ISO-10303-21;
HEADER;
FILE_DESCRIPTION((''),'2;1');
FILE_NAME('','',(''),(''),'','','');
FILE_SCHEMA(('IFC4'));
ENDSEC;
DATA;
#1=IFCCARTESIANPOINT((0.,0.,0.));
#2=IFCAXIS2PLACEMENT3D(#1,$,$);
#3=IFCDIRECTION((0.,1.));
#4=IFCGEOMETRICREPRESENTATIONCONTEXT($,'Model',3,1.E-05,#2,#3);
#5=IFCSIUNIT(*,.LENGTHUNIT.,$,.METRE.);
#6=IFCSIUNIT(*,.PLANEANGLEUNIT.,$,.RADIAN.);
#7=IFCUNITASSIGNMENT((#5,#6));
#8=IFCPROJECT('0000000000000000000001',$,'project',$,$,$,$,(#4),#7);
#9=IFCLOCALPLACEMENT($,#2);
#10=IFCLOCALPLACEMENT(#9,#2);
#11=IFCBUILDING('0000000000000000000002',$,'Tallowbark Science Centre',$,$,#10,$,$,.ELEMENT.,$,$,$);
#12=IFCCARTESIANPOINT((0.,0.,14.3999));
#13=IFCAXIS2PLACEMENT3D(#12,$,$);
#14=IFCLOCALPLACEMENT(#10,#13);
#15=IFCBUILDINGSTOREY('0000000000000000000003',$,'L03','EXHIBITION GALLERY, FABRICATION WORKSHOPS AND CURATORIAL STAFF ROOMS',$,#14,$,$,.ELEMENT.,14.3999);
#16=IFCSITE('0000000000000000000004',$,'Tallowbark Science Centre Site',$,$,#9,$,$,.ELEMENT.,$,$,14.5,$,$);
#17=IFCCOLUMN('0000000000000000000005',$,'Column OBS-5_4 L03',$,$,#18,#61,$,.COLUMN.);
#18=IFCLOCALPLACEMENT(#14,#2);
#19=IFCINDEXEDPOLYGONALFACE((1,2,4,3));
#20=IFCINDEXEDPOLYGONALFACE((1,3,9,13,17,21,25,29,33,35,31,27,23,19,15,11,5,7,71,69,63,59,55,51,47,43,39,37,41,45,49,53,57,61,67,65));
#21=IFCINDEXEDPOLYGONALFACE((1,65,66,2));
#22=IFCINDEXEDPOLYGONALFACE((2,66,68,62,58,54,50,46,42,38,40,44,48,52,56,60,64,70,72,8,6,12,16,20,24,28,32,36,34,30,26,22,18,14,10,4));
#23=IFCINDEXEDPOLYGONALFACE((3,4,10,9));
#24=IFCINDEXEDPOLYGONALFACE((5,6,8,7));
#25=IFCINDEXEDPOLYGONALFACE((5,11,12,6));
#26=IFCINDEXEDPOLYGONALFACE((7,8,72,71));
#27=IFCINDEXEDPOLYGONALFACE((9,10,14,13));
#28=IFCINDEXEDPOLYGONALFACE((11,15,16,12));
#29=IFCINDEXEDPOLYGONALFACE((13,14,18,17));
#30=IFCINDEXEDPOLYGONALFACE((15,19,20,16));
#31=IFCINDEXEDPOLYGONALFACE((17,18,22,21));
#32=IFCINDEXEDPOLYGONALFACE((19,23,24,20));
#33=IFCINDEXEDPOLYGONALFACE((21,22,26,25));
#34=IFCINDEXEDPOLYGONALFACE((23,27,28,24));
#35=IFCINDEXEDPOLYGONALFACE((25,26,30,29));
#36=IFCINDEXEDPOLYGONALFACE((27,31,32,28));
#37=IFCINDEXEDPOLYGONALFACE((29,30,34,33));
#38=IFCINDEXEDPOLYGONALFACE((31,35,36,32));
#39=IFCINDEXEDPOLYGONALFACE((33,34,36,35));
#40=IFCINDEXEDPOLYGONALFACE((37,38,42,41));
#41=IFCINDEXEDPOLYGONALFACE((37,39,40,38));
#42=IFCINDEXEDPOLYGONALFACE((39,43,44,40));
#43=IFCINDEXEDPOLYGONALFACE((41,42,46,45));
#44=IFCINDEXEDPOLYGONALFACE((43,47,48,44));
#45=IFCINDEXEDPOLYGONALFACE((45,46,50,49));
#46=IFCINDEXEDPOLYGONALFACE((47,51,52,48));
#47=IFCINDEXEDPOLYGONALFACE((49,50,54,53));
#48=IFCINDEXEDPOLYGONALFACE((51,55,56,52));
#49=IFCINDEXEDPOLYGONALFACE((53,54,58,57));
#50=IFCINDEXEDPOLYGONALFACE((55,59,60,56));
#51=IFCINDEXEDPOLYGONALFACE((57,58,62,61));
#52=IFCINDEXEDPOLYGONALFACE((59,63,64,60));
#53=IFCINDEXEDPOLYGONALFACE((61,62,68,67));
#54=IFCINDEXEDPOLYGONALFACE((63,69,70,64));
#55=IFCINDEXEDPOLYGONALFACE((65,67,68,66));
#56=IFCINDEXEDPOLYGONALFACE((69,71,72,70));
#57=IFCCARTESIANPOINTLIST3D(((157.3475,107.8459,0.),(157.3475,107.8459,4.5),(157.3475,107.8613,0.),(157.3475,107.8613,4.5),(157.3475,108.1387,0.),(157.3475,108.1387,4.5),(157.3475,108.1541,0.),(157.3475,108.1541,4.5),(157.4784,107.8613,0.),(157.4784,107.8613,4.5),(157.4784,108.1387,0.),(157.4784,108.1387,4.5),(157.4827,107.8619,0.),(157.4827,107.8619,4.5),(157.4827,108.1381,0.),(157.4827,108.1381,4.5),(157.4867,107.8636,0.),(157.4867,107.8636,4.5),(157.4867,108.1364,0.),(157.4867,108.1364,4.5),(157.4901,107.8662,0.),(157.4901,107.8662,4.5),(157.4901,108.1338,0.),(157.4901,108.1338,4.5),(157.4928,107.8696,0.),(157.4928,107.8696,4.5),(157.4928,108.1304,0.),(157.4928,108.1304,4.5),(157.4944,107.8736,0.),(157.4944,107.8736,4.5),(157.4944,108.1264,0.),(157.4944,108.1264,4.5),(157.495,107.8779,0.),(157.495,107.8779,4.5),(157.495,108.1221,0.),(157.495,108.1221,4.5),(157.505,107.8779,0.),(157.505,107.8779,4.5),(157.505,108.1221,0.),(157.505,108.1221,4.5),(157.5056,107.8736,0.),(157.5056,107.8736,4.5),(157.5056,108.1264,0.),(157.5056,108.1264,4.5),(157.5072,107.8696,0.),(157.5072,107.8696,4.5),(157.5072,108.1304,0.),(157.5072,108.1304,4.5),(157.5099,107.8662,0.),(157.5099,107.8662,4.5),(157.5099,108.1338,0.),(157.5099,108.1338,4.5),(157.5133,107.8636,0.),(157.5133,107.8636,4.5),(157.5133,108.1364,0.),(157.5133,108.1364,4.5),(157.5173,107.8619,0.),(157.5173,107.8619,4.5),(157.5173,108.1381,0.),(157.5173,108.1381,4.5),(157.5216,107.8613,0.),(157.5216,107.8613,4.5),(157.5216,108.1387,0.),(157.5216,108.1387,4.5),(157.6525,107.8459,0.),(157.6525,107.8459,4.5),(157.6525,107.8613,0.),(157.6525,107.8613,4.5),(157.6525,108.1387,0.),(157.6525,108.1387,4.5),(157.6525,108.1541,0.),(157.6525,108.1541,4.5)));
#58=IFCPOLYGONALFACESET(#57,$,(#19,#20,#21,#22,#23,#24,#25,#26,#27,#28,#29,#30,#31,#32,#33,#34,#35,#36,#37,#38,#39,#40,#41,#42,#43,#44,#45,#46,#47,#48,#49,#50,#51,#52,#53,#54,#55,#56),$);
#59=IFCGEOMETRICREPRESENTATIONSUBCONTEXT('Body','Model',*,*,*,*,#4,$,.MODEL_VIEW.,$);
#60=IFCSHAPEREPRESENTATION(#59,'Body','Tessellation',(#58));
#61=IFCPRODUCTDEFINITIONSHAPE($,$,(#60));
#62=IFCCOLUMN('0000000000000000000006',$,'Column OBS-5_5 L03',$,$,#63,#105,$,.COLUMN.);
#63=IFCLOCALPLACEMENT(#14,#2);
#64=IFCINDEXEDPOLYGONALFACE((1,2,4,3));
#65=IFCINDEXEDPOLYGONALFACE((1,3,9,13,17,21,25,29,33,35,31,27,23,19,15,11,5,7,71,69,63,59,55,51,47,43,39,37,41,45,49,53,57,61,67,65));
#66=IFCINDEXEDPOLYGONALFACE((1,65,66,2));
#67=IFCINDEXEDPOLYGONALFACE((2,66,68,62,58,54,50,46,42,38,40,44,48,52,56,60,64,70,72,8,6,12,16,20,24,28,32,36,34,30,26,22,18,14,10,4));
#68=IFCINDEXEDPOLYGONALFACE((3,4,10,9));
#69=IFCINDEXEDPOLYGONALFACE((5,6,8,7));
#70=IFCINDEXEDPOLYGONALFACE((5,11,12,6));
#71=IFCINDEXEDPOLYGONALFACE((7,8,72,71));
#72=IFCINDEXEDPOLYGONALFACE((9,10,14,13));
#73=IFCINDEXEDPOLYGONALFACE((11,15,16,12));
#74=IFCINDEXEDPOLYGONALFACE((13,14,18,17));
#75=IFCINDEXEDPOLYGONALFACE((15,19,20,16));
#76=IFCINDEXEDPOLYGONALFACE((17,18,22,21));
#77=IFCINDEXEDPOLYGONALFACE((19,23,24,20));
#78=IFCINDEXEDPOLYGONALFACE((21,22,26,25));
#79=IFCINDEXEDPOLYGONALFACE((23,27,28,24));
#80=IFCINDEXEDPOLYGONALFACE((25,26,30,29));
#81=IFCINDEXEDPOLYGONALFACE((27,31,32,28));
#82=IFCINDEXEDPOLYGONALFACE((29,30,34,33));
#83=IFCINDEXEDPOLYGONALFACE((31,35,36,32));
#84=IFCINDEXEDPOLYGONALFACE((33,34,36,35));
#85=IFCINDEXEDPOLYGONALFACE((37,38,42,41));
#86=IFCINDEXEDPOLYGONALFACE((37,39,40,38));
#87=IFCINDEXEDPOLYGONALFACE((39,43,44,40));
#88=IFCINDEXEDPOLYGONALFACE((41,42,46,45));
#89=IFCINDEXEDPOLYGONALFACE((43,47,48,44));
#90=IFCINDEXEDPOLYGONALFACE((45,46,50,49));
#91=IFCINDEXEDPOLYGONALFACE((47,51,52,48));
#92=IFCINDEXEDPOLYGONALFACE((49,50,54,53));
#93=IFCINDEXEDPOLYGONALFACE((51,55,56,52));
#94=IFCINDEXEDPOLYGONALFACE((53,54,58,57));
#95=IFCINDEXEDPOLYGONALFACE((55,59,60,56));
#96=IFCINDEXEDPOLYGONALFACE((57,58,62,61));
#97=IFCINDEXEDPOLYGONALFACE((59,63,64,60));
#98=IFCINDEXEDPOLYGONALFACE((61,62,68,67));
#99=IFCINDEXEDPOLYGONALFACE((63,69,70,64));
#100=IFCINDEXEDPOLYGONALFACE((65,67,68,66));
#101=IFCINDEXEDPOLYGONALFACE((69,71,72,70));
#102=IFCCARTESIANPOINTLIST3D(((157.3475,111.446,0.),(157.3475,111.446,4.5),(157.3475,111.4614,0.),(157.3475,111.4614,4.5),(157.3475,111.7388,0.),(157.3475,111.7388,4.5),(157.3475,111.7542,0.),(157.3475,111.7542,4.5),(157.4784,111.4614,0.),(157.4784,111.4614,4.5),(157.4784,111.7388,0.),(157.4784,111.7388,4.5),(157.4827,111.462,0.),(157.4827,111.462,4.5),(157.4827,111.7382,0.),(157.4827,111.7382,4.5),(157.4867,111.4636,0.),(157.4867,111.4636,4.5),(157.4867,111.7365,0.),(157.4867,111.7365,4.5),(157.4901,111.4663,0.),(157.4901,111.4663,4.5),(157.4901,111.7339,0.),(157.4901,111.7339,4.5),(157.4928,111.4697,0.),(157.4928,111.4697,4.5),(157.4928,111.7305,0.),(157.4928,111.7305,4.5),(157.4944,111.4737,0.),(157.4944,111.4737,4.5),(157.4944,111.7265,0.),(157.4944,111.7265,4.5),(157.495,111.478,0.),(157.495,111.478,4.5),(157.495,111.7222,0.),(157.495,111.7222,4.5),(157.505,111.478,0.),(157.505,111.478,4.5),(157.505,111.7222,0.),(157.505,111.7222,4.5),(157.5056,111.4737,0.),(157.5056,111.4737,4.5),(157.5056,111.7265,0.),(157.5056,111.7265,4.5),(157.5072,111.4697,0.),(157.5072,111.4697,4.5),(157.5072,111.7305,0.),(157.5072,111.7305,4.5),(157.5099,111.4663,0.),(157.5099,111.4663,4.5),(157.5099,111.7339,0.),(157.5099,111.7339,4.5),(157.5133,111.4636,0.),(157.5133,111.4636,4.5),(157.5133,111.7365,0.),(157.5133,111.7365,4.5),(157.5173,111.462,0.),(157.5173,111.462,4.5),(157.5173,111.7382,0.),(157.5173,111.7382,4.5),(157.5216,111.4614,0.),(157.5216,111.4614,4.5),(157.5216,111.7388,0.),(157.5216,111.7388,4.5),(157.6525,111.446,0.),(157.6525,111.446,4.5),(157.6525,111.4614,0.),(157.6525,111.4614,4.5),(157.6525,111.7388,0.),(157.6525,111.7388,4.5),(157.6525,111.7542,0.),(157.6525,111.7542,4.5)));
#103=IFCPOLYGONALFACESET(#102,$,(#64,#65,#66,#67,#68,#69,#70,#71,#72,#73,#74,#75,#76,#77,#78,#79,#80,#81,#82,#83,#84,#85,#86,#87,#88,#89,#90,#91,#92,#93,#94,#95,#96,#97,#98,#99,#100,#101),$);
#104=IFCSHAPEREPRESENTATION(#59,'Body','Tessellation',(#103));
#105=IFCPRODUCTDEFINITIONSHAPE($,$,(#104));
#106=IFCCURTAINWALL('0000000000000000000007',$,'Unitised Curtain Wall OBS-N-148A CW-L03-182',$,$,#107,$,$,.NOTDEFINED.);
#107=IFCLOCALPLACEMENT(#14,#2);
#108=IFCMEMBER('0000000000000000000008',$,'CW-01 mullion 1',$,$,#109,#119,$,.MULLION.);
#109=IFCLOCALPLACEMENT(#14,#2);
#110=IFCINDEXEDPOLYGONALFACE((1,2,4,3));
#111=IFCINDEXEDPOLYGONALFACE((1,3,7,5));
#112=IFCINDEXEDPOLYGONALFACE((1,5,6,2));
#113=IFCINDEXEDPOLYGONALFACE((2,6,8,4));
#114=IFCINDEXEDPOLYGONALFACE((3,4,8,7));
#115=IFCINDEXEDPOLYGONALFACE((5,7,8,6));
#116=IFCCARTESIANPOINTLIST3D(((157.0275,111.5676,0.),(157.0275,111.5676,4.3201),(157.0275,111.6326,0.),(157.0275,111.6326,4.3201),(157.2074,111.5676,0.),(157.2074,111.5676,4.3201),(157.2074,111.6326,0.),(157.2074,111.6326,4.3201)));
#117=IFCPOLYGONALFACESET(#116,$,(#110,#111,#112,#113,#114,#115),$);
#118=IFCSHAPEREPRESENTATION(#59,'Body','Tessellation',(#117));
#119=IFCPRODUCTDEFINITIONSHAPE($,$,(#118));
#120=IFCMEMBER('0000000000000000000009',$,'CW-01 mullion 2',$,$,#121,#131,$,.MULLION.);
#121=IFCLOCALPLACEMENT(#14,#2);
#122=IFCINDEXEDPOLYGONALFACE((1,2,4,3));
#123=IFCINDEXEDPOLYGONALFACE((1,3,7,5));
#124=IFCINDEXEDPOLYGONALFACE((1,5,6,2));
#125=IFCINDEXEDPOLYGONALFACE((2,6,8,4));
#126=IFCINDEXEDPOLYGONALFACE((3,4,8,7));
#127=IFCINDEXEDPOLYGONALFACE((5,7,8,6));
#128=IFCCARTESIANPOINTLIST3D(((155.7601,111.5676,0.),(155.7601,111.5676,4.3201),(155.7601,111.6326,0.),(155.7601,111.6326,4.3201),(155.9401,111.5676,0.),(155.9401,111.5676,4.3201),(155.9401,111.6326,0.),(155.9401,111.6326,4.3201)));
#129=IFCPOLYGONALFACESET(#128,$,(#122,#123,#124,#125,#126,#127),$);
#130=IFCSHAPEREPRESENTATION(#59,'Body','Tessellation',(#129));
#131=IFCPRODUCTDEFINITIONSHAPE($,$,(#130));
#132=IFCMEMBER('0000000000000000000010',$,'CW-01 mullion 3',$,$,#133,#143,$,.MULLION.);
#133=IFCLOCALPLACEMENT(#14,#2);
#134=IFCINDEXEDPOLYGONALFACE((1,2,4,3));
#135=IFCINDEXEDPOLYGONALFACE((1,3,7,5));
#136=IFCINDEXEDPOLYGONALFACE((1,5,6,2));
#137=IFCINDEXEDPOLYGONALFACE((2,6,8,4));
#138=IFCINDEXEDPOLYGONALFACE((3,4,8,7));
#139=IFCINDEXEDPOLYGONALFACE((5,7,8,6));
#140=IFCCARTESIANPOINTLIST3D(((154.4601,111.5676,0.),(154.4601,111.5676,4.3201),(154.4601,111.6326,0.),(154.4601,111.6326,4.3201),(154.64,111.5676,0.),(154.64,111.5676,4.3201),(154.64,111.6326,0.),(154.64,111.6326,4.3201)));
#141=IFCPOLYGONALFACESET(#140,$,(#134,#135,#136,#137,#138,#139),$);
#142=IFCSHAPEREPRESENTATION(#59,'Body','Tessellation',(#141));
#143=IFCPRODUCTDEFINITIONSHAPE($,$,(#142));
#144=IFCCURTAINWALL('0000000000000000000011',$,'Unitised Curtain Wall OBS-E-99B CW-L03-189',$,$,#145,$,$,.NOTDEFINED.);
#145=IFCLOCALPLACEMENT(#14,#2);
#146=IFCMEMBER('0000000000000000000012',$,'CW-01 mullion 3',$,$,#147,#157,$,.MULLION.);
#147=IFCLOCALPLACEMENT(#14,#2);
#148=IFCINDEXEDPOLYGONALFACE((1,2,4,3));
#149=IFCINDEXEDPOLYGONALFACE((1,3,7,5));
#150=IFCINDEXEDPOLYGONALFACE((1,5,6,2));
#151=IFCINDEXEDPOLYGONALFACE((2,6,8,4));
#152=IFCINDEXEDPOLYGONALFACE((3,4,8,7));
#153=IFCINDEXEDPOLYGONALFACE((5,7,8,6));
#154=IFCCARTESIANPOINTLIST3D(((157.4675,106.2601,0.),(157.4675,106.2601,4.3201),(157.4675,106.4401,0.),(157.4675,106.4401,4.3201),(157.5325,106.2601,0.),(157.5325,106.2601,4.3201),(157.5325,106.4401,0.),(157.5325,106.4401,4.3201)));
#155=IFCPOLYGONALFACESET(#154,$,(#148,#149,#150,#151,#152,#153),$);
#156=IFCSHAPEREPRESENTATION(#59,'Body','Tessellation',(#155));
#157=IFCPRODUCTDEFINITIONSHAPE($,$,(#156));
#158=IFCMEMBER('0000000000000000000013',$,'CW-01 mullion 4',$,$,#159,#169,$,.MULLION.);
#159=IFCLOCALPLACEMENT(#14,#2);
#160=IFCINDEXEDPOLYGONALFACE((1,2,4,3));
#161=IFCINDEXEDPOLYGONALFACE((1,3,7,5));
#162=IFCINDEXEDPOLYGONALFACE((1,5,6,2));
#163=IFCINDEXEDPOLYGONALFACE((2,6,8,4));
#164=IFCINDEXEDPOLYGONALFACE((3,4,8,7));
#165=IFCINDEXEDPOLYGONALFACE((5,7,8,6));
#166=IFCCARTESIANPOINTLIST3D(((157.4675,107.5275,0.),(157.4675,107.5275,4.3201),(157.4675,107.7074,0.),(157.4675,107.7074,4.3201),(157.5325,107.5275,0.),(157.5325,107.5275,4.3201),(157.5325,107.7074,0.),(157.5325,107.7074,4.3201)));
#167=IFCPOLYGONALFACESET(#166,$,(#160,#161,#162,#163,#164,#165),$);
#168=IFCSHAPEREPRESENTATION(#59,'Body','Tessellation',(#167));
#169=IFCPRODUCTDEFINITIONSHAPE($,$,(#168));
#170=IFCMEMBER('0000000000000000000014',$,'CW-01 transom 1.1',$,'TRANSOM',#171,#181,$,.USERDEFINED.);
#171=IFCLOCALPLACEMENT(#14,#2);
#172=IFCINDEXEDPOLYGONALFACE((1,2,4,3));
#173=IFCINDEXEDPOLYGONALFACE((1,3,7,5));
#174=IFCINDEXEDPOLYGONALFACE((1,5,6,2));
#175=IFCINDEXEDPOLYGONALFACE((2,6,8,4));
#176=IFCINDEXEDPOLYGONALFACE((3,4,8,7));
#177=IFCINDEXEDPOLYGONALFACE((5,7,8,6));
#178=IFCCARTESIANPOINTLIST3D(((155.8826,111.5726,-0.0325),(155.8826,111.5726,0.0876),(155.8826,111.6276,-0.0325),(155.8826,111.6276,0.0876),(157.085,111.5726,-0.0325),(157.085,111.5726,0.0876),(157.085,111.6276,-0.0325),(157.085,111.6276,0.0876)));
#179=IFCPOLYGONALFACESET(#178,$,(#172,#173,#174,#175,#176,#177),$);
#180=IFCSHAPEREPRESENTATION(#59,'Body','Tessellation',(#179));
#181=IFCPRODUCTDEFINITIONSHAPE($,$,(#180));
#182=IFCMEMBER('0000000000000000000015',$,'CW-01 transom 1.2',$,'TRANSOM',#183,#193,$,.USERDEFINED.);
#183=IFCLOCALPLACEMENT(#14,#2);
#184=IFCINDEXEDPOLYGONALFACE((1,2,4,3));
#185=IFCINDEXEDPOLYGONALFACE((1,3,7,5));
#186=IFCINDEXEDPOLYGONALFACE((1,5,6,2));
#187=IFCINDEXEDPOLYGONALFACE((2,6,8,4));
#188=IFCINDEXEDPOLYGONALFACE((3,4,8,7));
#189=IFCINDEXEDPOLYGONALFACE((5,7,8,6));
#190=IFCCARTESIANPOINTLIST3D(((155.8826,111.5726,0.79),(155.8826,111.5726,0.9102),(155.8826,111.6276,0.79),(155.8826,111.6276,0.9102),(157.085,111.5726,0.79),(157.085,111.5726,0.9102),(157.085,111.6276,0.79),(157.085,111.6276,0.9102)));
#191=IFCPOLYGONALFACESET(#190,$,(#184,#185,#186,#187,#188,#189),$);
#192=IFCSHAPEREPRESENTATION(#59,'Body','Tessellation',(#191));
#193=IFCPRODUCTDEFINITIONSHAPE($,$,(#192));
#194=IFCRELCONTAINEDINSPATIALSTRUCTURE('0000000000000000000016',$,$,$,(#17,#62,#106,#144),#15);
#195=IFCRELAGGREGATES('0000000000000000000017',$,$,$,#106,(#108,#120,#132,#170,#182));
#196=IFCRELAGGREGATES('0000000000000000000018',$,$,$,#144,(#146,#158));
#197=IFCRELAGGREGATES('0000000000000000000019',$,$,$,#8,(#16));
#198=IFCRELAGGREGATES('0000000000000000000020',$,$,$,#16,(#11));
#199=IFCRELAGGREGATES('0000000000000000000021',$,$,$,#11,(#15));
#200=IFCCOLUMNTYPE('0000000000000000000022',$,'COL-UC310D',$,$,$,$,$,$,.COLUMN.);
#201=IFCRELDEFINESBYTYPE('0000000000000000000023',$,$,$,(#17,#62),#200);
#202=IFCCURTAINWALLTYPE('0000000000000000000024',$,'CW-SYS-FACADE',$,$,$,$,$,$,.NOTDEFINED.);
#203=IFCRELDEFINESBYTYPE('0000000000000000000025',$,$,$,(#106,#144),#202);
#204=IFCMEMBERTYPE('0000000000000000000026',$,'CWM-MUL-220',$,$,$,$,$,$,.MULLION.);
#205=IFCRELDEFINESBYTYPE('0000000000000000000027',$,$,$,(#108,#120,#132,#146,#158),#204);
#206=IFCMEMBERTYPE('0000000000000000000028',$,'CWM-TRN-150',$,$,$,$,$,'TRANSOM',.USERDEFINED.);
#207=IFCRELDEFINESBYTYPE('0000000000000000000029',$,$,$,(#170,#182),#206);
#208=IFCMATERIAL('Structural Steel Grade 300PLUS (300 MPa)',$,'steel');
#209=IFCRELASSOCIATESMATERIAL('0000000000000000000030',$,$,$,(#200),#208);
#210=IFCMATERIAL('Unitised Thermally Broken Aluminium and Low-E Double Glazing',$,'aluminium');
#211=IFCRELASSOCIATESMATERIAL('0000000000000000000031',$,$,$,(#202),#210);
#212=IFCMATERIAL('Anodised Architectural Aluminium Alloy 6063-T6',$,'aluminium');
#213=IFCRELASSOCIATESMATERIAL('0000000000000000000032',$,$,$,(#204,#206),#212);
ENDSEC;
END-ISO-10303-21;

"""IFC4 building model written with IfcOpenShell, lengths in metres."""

from ifc_helpers import new_model, si_unit, direction, frame, origin, origin_2d, place, context, subcontext, project, spatial, rectangle, i_section, extrude, material, material_profile, profile_set, type_object, element, aggregate, save


model = new_model("IFC4")

# Units and contexts
model_context = context("Model", 3, precision=1e-05, world=origin(), true_north=direction((0.0, 1.0)))
body_context = subcontext(model_context, "Body", "Model", "MODEL_VIEW")
ifc_project = project(units=[si_unit("LENGTHUNIT", "METRE"), si_unit("PLANEANGLEUNIT", "RADIAN")], contexts=[model_context])

# Site, building, storey
site_placement = place(None, origin())
site = spatial("IfcSite", under=ifc_project, at=site_placement, Name="Tallowbark Science Centre Site", CompositionType="ELEMENT", RefElevation=14.5)
building_placement = place(site_placement, origin())
building = spatial("IfcBuilding", under=site, at=building_placement, Name="Tallowbark Science Centre", CompositionType="ELEMENT")
storey_placement = place(building_placement, frame((0.0, 0.0, 14.3999)))
storey = spatial("IfcBuildingStorey", under=building, at=storey_placement, Name="L03", Description="EXHIBITION GALLERY, FABRICATION WORKSHOPS AND CURATORIAL STAFF ROOMS", CompositionType="ELEMENT", Elevation=14.3999)

# Columns
ifc_material_1 = material(Name="Structural Steel Grade 300PLUS (300 MPa)", Category="steel")
ifc_material_profile_1 = material_profile(ifc_material_1, i_section(OverallWidth=0.3049, OverallDepth=0.3081, WebThickness=0.01, FlangeThickness=0.0154, FilletRadius=0.0166, at=origin_2d()), Name="310UC96.8")
ifc_profile_set_1 = profile_set([ifc_material_profile_1], Name="Structural Steel Grade 300PLUS (300 MPa)")
column_type = type_object("IfcColumnType", Name="COL-UC310D", PredefinedType="COLUMN", material=ifc_profile_set_1)
for number, where, z_axis, x_axis, name in (
    (1, (157.5, 108.0, 0.0), (0.0, 0.0, 1.0), (1.0, 0.0, 0.0), "Column OBS-5_4 L03"),
    (2, (157.5, 111.6001, 0.0), (0.0, 0.0, 1.0), (1.0, 0.0, 0.0), "Column OBS-5_5 L03"),
):
    element("IfcColumn", number, at=place(storey_placement, frame(where, z_axis=z_axis, x_axis=x_axis)), inside=storey, type_object=column_type, Name=name, PredefinedType="COLUMN", context=body_context, shape_type="SweptSolid", body=[
        extrude(i_section(OverallWidth=0.3049, OverallDepth=0.3081, WebThickness=0.01, FlangeThickness=0.0154, FilletRadius=0.0166, at=origin_2d()), origin(), (0.0, 0.0, 1.0), 4.5),
    ])

# Curtain walls, members
ifc_material_2 = material(Name="Unitised Thermally Broken Aluminium and Low-E Double Glazing", Category="aluminium")
curtain_wall_type = type_object("IfcCurtainWallType", Name="CW-SYS-FACADE", PredefinedType="NOTDEFINED", material=ifc_material_2)
curtain_wall_1_placement = place(storey_placement, origin())
curtain_wall_1 = element("IfcCurtainWall", 3, at=curtain_wall_1_placement, inside=storey, type_object=curtain_wall_type, Name="Unitised Curtain Wall OBS-N-148A CW-L03-182", PredefinedType="NOTDEFINED")
ifc_material_3 = material(Name="Anodised Architectural Aluminium Alloy 6063-T6", Category="aluminium")
ifc_material_profile_2 = material_profile(ifc_material_3, rectangle(XDim=0.0649, YDim=0.1799, at=origin_2d()), Name="ALU65x180")
ifc_profile_set_2 = profile_set([ifc_material_profile_2], Name="Anodised Architectural Aluminium Alloy 6063-T6")
member_type_1 = type_object("IfcMemberType", Name="CWM-MUL-220", PredefinedType="MULLION", material=ifc_profile_set_2)
member_1_placement = place(storey_placement, frame((157.1174, 111.6001, 0.0), z_axis=(0.0, 0.0, 1.0), x_axis=(0.0, -1.0, 0.0)))
member_1 = element("IfcMember", 4, at=member_1_placement, type_object=member_type_1, Name="CW-01 mullion 1", PredefinedType="MULLION", context=body_context, shape_type="SweptSolid", body=[
    extrude(rectangle(XDim=0.0649, YDim=0.1799, at=origin_2d()), origin(), (0.0, 0.0, 1.0), 4.3201),
])
member_2_placement = place(storey_placement, frame((155.8501, 111.6001, 0.0), z_axis=(0.0, 0.0, 1.0), x_axis=(0.0, -1.0, 0.0)))
member_2 = element("IfcMember", 5, at=member_2_placement, type_object=member_type_1, Name="CW-01 mullion 2", PredefinedType="MULLION", context=body_context, shape_type="SweptSolid", body=[
    extrude(rectangle(XDim=0.0649, YDim=0.1799, at=origin_2d()), origin(), (0.0, 0.0, 1.0), 4.3201),
])
member_3_placement = place(storey_placement, frame((154.55, 111.6001, 0.0), z_axis=(0.0, 0.0, 1.0), x_axis=(0.0, -1.0, 0.0)))
member_3 = element("IfcMember", 6, at=member_3_placement, type_object=member_type_1, Name="CW-01 mullion 3", PredefinedType="MULLION", context=body_context, shape_type="SweptSolid", body=[
    extrude(rectangle(XDim=0.0649, YDim=0.1799, at=origin_2d()), origin(), (0.0, 0.0, 1.0), 4.3201),
])
curtain_wall_2_placement = place(storey_placement, origin())
curtain_wall_2 = element("IfcCurtainWall", 7, at=curtain_wall_2_placement, inside=storey, type_object=curtain_wall_type, Name="Unitised Curtain Wall OBS-E-99B CW-L03-189", PredefinedType="NOTDEFINED")
member_4_placement = place(storey_placement, frame((157.5, 106.3501, 0.0), z_axis=(0.0, 0.0, 1.0), x_axis=(-1.0, 0.0, 0.0)))
member_4 = element("IfcMember", 8, at=member_4_placement, type_object=member_type_1, Name="CW-01 mullion 3", PredefinedType="MULLION", context=body_context, shape_type="SweptSolid", body=[
    extrude(rectangle(XDim=0.0649, YDim=0.1799, at=origin_2d()), origin(), (0.0, 0.0, 1.0), 4.3201),
])
member_5_placement = place(storey_placement, frame((157.5, 107.6174, 0.0), z_axis=(0.0, 0.0, 1.0), x_axis=(-1.0, 0.0, 0.0)))
member_5 = element("IfcMember", 9, at=member_5_placement, type_object=member_type_1, Name="CW-01 mullion 4", PredefinedType="MULLION", context=body_context, shape_type="SweptSolid", body=[
    extrude(rectangle(XDim=0.0649, YDim=0.1799, at=origin_2d()), origin(), (0.0, 0.0, 1.0), 4.3201),
])

# Members
ifc_material_profile_3 = material_profile(ifc_material_3, rectangle(XDim=0.0549, YDim=0.1201, at=origin_2d()), Name="ALU55x120")
ifc_profile_set_3 = profile_set([ifc_material_profile_3], Name="Anodised Architectural Aluminium Alloy 6063-T6")
member_type_2 = type_object("IfcMemberType", Name="CWM-TRN-150", ElementType="TRANSOM", PredefinedType="USERDEFINED", material=ifc_profile_set_3)
member_6_placement = place(storey_placement, frame((157.085, 111.6001, 0.0276), z_axis=(-1.0, 0.0, 0.0), x_axis=(0.0, -1.0, 0.0)))
member_6 = element("IfcMember", 10, at=member_6_placement, type_object=member_type_2, Name="CW-01 transom 1.1", ObjectType="TRANSOM", PredefinedType="USERDEFINED", context=body_context, shape_type="SweptSolid", body=[
    extrude(rectangle(XDim=0.0549, YDim=0.1201, at=origin_2d()), origin(), (0.0, 0.0, 1.0), 1.2024),
])
member_7_placement = place(storey_placement, frame((157.085, 111.6001, 0.8501), z_axis=(-1.0, 0.0, 0.0), x_axis=(0.0, -1.0, 0.0)))
member_7 = element("IfcMember", 11, at=member_7_placement, type_object=member_type_2, Name="CW-01 transom 1.2", ObjectType="TRANSOM", PredefinedType="USERDEFINED", context=body_context, shape_type="SweptSolid", body=[
    extrude(rectangle(XDim=0.0549, YDim=0.1201, at=origin_2d()), origin(), (0.0, 0.0, 1.0), 1.2024),
])

aggregate(curtain_wall_1, [member_1, member_2, member_3, member_6, member_7])
aggregate(curtain_wall_2, [member_4, member_5])

save(model, "model.ifc")
